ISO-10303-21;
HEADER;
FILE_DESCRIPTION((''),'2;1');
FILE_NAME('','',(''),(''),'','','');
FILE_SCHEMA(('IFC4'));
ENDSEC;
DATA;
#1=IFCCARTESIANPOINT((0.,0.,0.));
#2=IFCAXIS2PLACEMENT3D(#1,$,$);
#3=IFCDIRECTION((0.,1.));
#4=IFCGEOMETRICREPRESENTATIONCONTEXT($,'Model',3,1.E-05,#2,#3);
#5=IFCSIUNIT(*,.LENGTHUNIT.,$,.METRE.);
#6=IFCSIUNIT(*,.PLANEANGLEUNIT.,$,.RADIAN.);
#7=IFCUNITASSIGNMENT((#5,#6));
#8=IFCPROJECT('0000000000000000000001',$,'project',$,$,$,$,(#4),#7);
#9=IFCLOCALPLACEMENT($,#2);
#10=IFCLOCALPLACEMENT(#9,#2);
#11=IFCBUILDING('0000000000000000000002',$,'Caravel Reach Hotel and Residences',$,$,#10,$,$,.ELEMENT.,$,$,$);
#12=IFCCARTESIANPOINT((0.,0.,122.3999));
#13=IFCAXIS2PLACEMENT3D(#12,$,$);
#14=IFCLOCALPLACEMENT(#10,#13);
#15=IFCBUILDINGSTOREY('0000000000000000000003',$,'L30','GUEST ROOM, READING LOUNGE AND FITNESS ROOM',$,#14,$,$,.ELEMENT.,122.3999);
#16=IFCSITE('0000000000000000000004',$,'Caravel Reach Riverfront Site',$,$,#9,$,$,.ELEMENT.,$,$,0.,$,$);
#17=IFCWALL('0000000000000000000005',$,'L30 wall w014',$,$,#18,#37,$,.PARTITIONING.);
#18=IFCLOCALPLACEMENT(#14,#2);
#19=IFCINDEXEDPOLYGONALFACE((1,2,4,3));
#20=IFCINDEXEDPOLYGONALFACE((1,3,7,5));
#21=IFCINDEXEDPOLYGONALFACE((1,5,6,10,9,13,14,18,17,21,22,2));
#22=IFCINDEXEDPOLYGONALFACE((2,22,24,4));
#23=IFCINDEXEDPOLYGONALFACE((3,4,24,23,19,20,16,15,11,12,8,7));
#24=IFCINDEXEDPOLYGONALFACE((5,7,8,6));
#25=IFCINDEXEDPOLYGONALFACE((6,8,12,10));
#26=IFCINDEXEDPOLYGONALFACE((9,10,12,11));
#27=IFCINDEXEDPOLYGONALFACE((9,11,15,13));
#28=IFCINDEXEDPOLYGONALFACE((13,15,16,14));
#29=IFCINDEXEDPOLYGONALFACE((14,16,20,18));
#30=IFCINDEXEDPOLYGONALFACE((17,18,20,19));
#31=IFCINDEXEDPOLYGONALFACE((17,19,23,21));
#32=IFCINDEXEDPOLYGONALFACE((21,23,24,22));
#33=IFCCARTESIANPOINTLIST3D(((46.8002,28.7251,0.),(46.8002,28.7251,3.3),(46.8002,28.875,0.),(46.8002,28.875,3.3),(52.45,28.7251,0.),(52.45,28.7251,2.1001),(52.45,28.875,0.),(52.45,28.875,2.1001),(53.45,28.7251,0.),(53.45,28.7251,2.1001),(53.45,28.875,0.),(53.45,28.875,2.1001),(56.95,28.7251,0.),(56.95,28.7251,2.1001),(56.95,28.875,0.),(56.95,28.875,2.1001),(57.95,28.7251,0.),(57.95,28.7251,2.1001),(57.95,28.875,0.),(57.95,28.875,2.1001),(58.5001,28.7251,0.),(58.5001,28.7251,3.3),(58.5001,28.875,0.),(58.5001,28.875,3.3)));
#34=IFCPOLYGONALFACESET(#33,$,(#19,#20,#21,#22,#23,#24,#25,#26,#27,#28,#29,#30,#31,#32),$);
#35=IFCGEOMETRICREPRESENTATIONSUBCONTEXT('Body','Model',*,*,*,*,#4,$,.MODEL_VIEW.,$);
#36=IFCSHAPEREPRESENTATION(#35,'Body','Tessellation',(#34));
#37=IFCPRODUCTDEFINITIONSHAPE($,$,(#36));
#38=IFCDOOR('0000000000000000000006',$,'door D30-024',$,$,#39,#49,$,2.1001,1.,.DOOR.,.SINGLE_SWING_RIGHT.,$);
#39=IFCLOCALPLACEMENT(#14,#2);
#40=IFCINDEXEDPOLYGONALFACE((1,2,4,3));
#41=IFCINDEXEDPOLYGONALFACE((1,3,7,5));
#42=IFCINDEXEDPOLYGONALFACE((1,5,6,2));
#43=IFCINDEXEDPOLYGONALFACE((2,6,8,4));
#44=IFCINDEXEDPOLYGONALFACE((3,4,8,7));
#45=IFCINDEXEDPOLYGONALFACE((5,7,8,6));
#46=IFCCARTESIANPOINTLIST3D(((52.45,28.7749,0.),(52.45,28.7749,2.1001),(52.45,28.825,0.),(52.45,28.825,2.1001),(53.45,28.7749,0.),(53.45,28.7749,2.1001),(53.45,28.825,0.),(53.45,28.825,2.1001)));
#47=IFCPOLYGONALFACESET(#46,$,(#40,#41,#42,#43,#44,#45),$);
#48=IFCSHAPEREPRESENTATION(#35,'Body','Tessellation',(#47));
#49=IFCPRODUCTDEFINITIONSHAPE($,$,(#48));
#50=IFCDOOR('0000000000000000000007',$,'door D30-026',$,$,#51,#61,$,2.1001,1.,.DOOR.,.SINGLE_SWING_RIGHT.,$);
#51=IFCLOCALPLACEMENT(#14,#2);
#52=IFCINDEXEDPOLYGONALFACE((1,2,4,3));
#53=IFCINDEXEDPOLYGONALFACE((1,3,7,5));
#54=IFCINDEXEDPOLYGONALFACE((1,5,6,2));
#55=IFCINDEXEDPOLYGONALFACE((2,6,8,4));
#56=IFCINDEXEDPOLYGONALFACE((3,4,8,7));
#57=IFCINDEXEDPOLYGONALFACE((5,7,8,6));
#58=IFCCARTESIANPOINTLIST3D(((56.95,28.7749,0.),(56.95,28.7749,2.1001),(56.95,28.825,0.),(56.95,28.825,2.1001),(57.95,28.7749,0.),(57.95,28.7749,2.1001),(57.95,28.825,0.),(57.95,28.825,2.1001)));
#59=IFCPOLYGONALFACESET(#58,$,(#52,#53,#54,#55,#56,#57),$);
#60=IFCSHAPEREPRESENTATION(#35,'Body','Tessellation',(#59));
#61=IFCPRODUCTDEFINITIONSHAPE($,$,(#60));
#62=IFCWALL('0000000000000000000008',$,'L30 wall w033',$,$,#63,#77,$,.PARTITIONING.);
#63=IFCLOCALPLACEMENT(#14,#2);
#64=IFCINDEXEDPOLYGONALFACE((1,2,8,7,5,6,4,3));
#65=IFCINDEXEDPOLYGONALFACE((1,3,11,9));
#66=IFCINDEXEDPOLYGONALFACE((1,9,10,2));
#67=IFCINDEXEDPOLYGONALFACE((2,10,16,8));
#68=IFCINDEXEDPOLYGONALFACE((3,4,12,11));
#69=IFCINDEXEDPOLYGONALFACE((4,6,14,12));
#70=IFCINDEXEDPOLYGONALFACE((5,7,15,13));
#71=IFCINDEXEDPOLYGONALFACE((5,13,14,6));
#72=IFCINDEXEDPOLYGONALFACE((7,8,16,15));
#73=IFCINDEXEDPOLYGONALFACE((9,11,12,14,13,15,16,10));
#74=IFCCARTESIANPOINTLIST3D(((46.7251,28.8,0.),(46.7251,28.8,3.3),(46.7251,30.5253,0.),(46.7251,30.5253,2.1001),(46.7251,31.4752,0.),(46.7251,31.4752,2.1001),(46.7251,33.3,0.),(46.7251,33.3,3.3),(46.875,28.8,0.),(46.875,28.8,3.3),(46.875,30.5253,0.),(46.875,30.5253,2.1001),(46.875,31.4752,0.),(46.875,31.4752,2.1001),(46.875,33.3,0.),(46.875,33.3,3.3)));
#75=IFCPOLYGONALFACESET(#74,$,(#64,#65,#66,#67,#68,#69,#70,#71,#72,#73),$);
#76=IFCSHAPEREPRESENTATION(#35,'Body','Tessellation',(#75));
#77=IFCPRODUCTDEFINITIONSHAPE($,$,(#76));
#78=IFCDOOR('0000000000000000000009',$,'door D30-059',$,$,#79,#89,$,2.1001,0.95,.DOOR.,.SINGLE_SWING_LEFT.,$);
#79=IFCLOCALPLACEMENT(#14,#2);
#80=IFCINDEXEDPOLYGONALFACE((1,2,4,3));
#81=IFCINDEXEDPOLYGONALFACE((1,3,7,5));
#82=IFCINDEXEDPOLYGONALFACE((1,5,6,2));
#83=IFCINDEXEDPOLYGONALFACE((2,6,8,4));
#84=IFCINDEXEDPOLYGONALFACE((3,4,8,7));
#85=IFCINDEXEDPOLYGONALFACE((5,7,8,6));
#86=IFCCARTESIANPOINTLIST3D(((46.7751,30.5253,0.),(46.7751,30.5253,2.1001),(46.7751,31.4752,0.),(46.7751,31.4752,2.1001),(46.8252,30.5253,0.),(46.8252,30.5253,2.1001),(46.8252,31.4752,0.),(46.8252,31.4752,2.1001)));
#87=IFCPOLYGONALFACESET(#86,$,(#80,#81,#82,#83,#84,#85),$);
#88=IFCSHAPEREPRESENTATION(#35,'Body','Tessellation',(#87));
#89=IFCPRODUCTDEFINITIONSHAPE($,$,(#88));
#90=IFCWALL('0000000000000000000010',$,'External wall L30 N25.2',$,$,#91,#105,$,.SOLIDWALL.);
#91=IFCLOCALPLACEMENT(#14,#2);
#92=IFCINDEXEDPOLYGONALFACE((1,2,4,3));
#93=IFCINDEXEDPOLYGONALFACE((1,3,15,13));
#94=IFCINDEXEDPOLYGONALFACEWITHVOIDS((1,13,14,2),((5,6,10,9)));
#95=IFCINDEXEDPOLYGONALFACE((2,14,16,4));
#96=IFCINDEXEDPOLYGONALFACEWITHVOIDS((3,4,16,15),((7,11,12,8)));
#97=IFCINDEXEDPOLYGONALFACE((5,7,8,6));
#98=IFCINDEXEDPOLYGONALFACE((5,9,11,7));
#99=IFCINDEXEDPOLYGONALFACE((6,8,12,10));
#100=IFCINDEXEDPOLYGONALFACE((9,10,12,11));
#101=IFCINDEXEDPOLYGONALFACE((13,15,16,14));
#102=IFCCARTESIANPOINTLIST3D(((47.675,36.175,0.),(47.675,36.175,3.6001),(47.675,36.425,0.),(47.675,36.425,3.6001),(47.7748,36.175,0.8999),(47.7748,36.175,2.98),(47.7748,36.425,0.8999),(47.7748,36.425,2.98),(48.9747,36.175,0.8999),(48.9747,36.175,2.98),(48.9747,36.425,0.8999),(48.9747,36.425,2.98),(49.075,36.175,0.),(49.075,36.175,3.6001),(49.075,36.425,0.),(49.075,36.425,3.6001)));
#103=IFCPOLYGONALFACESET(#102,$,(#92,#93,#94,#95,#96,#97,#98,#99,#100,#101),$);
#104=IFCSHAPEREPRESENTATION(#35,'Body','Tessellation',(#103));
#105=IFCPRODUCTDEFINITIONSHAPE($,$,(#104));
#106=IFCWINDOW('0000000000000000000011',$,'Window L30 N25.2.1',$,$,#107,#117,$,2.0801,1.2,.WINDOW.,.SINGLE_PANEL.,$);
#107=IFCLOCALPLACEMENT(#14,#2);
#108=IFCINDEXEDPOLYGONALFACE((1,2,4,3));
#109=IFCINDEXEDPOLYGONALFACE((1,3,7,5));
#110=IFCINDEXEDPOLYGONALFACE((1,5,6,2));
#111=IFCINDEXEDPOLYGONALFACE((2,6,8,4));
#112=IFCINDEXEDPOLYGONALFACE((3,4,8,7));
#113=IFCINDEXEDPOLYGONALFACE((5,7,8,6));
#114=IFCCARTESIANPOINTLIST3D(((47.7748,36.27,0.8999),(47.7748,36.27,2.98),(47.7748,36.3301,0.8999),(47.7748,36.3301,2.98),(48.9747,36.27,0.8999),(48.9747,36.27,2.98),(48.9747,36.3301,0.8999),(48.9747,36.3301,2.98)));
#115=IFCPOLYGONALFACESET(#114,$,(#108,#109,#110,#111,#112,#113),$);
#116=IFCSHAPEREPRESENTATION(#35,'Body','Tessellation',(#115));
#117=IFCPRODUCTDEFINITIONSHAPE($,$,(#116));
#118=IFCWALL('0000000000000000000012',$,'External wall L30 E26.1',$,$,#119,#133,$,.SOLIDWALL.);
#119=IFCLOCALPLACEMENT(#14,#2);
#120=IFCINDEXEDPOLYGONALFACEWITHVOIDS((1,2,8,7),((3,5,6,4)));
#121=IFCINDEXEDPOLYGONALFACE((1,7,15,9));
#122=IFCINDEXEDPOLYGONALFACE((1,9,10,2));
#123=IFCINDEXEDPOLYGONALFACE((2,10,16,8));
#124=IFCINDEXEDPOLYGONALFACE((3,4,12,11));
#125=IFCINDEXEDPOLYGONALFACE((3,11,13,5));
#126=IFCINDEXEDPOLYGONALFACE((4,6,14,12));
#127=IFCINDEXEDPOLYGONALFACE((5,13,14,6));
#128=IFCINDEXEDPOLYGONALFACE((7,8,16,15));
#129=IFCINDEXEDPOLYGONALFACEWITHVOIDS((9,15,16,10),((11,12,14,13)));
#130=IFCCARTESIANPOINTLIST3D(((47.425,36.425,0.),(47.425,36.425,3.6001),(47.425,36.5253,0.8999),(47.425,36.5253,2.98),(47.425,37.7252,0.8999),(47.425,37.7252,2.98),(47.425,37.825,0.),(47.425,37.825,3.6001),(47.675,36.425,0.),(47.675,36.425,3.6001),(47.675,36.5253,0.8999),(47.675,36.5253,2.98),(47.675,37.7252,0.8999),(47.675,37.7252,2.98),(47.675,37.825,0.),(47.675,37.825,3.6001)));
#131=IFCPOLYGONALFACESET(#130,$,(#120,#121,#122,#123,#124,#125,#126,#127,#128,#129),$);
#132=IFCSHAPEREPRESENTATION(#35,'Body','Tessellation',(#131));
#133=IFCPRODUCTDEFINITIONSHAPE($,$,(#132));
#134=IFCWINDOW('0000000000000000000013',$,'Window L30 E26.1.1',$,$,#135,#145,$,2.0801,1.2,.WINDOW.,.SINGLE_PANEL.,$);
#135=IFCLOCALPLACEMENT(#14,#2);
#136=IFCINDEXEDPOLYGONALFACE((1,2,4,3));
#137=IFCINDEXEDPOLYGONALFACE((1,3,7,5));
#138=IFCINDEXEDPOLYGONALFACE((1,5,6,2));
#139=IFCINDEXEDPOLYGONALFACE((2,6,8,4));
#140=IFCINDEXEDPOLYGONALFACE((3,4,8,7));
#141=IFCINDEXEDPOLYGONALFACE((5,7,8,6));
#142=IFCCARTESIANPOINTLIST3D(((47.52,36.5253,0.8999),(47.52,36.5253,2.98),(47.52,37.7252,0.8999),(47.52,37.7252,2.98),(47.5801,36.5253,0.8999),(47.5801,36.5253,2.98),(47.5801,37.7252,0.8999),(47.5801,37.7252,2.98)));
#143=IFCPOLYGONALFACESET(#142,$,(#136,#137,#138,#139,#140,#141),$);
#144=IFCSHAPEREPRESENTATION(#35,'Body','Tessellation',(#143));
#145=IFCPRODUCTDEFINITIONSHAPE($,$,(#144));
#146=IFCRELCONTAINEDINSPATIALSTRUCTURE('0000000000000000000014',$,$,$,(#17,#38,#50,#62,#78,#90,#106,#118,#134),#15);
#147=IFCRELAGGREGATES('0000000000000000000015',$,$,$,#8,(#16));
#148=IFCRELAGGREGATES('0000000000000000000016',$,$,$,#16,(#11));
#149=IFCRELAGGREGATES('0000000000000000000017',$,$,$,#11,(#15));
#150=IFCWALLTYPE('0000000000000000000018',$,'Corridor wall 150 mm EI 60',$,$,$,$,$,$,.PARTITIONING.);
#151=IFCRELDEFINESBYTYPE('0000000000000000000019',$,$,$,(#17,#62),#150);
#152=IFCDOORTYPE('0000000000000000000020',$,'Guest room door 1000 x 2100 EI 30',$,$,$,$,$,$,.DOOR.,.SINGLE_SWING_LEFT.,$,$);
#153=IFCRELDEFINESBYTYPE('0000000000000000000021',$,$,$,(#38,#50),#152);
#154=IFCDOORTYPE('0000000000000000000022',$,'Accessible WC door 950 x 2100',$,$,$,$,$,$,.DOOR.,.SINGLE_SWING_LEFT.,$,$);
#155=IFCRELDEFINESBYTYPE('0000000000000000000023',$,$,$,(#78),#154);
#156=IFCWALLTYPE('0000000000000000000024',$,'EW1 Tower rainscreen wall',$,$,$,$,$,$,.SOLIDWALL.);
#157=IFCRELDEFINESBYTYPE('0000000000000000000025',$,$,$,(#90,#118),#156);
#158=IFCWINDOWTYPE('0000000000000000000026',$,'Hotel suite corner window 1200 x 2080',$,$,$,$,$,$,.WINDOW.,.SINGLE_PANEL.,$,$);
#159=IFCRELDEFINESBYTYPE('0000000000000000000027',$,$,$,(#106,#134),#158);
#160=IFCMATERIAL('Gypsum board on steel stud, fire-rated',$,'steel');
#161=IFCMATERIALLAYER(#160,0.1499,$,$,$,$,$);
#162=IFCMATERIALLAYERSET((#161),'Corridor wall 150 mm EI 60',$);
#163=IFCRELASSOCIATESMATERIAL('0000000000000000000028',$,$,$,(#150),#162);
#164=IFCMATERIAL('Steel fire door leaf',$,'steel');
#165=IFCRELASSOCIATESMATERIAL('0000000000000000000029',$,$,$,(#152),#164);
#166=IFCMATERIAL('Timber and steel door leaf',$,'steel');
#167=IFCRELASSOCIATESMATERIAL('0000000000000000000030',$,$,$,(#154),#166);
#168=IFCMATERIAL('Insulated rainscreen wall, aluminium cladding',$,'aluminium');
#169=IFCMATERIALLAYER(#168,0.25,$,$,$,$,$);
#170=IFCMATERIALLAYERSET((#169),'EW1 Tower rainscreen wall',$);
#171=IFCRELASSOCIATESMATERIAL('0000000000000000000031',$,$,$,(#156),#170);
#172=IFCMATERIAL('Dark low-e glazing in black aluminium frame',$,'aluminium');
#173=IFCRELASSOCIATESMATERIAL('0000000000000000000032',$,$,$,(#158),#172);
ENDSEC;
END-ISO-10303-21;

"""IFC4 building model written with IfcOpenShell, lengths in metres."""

from ifc_helpers import new_model, si_unit, direction, frame, frame_2d, origin, place, context, subcontext, project, spatial, rectangle, extrude, material, layer, layer_set, type_object, element, fill, save


model = new_model("IFC4")

# Units and contexts
model_context = context("Model", 3, precision=1e-05, world=origin(), true_north=direction((0.0, 1.0)))
body_context = subcontext(model_context, "Body", "Model", "MODEL_VIEW")
ifc_project = project(units=[si_unit("LENGTHUNIT", "METRE"), si_unit("PLANEANGLEUNIT", "RADIAN")], contexts=[model_context])

# Site, building, storey
site_placement = place(None, origin())
site = spatial("IfcSite", under=ifc_project, at=site_placement, Name="Caravel Reach Riverfront Site", CompositionType="ELEMENT", RefElevation=0.0)
building_placement = place(site_placement, origin())
building = spatial("IfcBuilding", under=site, at=building_placement, Name="Caravel Reach Hotel and Residences", CompositionType="ELEMENT")
storey_placement = place(building_placement, frame((0.0, 0.0, 122.3999)))
storey = spatial("IfcBuildingStorey", under=building, at=storey_placement, Name="L30", Description="GUEST ROOM, READING LOUNGE AND FITNESS ROOM", CompositionType="ELEMENT", Elevation=122.3999)

# Wall, openings, doors
ifc_material_1 = material(Name="Gypsum board on steel stud, fire-rated", Category="steel")
ifc_layer_1 = layer(ifc_material_1, 0.1499)
ifc_layer_set_1 = layer_set([ifc_layer_1], Name="Corridor wall 150 mm EI 60")
wall_type_1 = type_object("IfcWallType", Name="Corridor wall 150 mm EI 60", PredefinedType="PARTITIONING", material=ifc_layer_set_1)
wall_1_placement = place(storey_placement, frame((46.8, 28.8, 0.0), z_axis=(0.0, 0.0, 1.0), x_axis=(1.0, 0.0, 0.0)))
wall_1 = element("IfcWall", 1, at=wall_1_placement, inside=storey, type_object=wall_type_1, Name="L30 wall w014", PredefinedType="PARTITIONING", context=body_context, shape_type="SweptSolid", body=[
    extrude(rectangle(XDim=11.7, YDim=0.1499, at=frame_2d((5.8501, 0.0))), origin(), (0.0, 0.0, 1.0), 3.3),
])
opening_1_placement = place(wall_1_placement, frame((5.6499, 0.0, 0.0)))
opening_1 = element("IfcOpeningElement", 2, at=opening_1_placement, cuts=wall_1, PredefinedType="OPENING", context=body_context, shape_type="SweptSolid", body=[
    extrude(rectangle(XDim=1.0, YDim=2.1001, at=frame_2d((0.5, 1.05))), frame((0.0, 0.085, 0.0), z_axis=(0.0, -1.0, 0.0), x_axis=(1.0, 0.0, 0.0)), (0.0, 0.0, 1.0), 0.1699),
])
opening_2_placement = place(wall_1_placement, frame((10.1499, 0.0, 0.0)))
opening_2 = element("IfcOpeningElement", 3, at=opening_2_placement, cuts=wall_1, PredefinedType="OPENING", context=body_context, shape_type="SweptSolid", body=[
    extrude(rectangle(XDim=1.0, YDim=2.1001, at=frame_2d((0.5, 1.05))), frame((0.0, 0.085, 0.0), z_axis=(0.0, -1.0, 0.0), x_axis=(1.0, 0.0, 0.0)), (0.0, 0.0, 1.0), 0.1699),
])
ifc_material_2 = material(Name="Steel fire door leaf", Category="steel")
door_type_1 = type_object("IfcDoorType", Name="Guest room door 1000 x 2100 EI 30", OperationType="SINGLE_SWING_LEFT", PredefinedType="DOOR", material=ifc_material_2)
door_1_placement = place(opening_1_placement, origin())
door_1 = element("IfcDoor", 4, at=door_1_placement, inside=storey, type_object=door_type_1, Name="door D30-024", OperationType="SINGLE_SWING_RIGHT", OverallHeight=2.1001, OverallWidth=1.0, PredefinedType="DOOR", context=body_context, shape_type="SweptSolid", body=[
    extrude(rectangle(XDim=1.0, YDim=2.1001, at=frame_2d((0.5, 1.05))), frame((0.0, 0.0249, 0.0), z_axis=(0.0, -1.0, 0.0), x_axis=(1.0, 0.0, 0.0)), (0.0, 0.0, 1.0), 0.05),
])
fill(opening_1, door_1)
door_2_placement = place(opening_2_placement, origin())
door_2 = element("IfcDoor", 5, at=door_2_placement, inside=storey, type_object=door_type_1, Name="door D30-026", OperationType="SINGLE_SWING_RIGHT", OverallHeight=2.1001, OverallWidth=1.0, PredefinedType="DOOR", context=body_context, shape_type="SweptSolid", body=[
    extrude(rectangle(XDim=1.0, YDim=2.1001, at=frame_2d((0.5, 1.05))), frame((0.0, 0.0249, 0.0), z_axis=(0.0, -1.0, 0.0), x_axis=(1.0, 0.0, 0.0)), (0.0, 0.0, 1.0), 0.05),
])
fill(opening_2, door_2)

# Wall, opening, door
wall_2_placement = place(storey_placement, frame((46.8, 28.8, 0.0), z_axis=(0.0, 0.0, 1.0), x_axis=(0.0, 1.0, 0.0)))
wall_2 = element("IfcWall", 6, at=wall_2_placement, inside=storey, type_object=wall_type_1, Name="L30 wall w033", PredefinedType="PARTITIONING", context=body_context, shape_type="SweptSolid", body=[
    extrude(rectangle(XDim=4.5, YDim=0.1499, at=frame_2d((2.25, 0.0))), origin(), (0.0, 0.0, 1.0), 3.3),
])
opening_3_placement = place(wall_2_placement, frame((1.7251, 0.0, 0.0)))
opening_3 = element("IfcOpeningElement", 7, at=opening_3_placement, cuts=wall_2, PredefinedType="OPENING", context=body_context, shape_type="SweptSolid", body=[
    extrude(rectangle(XDim=0.95, YDim=2.1001, at=frame_2d((0.4751, 1.05))), frame((0.0, 0.085, 0.0), z_axis=(0.0, -1.0, 0.0), x_axis=(1.0, 0.0, 0.0)), (0.0, 0.0, 1.0), 0.1699),
])
ifc_material_3 = material(Name="Timber and steel door leaf", Category="steel")
door_type_2 = type_object("IfcDoorType", Name="Accessible WC door 950 x 2100", OperationType="SINGLE_SWING_LEFT", PredefinedType="DOOR", material=ifc_material_3)
door_3_placement = place(opening_3_placement, origin())
door_3 = element("IfcDoor", 8, at=door_3_placement, inside=storey, type_object=door_type_2, Name="door D30-059", OperationType="SINGLE_SWING_LEFT", OverallHeight=2.1001, OverallWidth=0.95, PredefinedType="DOOR", context=body_context, shape_type="SweptSolid", body=[
    extrude(rectangle(XDim=0.95, YDim=2.1001, at=frame_2d((0.4751, 1.05))), frame((0.0, 0.0249, 0.0), z_axis=(0.0, -1.0, 0.0), x_axis=(1.0, 0.0, 0.0)), (0.0, 0.0, 1.0), 0.05),
])
fill(opening_3, door_3)

# Walls, openings, windows
ifc_material_4 = material(Name="Insulated rainscreen wall, aluminium cladding", Category="aluminium")
ifc_layer_2 = layer(ifc_material_4, 0.25)
ifc_layer_set_2 = layer_set([ifc_layer_2], Name="EW1 Tower rainscreen wall")
wall_type_2 = type_object("IfcWallType", Name="EW1 Tower rainscreen wall", PredefinedType="SOLIDWALL", material=ifc_layer_set_2)
wall_3_placement = place(storey_placement, frame((49.075, 36.3, 0.0), z_axis=(0.0, 0.0, 1.0), x_axis=(-1.0, 0.0, 0.0)))
wall_3 = element("IfcWall", 9, at=wall_3_placement, inside=storey, type_object=wall_type_2, Name="External wall L30 N25.2", PredefinedType="SOLIDWALL", context=body_context, shape_type="SweptSolid", body=[
    extrude(rectangle(XDim=1.3999, YDim=0.25, at=frame_2d((0.7, 0.0))), origin(), (0.0, 0.0, 1.0), 3.6001),
])
opening_4_placement = place(wall_3_placement, frame((0.1001, 0.0, 0.8999)))
opening_4 = element("IfcOpeningElement", 10, at=opening_4_placement, cuts=wall_3, PredefinedType="OPENING", context=body_context, shape_type="SweptSolid", body=[
    extrude(rectangle(XDim=1.2, YDim=2.0801, at=frame_2d((0.6001, 1.04))), frame((0.0, 0.135, 0.0), z_axis=(0.0, -1.0, 0.0), x_axis=(1.0, 0.0, 0.0)), (0.0, 0.0, 1.0), 0.27),
])
ifc_material_5 = material(Name="Dark low-e glazing in black aluminium frame", Category="aluminium")
window_type_1 = type_object("IfcWindowType", Name="Hotel suite corner window 1200 x 2080", PartitioningType="SINGLE_PANEL", PredefinedType="WINDOW", material=ifc_material_5)
window_1_placement = place(opening_4_placement, origin())
window_1 = element("IfcWindow", 11, at=window_1_placement, inside=storey, type_object=window_type_1, Name="Window L30 N25.2.1", OverallHeight=2.0801, OverallWidth=1.2, PartitioningType="SINGLE_PANEL", PredefinedType="WINDOW", context=body_context, shape_type="SweptSolid", body=[
    extrude(rectangle(XDim=1.2, YDim=2.0801, at=frame_2d((0.6001, 1.04))), frame((0.0, 0.03, 0.0), z_axis=(0.0, -1.0, 0.0), x_axis=(1.0, 0.0, 0.0)), (0.0, 0.0, 1.0), 0.0601),
])
fill(opening_4, window_1)
wall_4_placement = place(storey_placement, frame((47.55, 36.425, 0.0), z_axis=(0.0, 0.0, 1.0), x_axis=(0.0, 1.0, 0.0)))
wall_4 = element("IfcWall", 12, at=wall_4_placement, inside=storey, type_object=wall_type_2, Name="External wall L30 E26.1", PredefinedType="SOLIDWALL", context=body_context, shape_type="SweptSolid", body=[
    extrude(rectangle(XDim=1.3999, YDim=0.25, at=frame_2d((0.7, 0.0))), origin(), (0.0, 0.0, 1.0), 3.6001),
])
opening_5_placement = place(wall_4_placement, frame((0.1001, 0.0, 0.8999)))
opening_5 = element("IfcOpeningElement", 13, at=opening_5_placement, cuts=wall_4, PredefinedType="OPENING", context=body_context, shape_type="SweptSolid", body=[
    extrude(rectangle(XDim=1.2, YDim=2.0801, at=frame_2d((0.6001, 1.04))), frame((0.0, 0.135, 0.0), z_axis=(0.0, -1.0, 0.0), x_axis=(1.0, 0.0, 0.0)), (0.0, 0.0, 1.0), 0.27),
])
window_2_placement = place(opening_5_placement, origin())
window_2 = element("IfcWindow", 14, at=window_2_placement, inside=storey, type_object=window_type_1, Name="Window L30 E26.1.1", OverallHeight=2.0801, OverallWidth=1.2, PartitioningType="SINGLE_PANEL", PredefinedType="WINDOW", context=body_context, shape_type="SweptSolid", body=[
    extrude(rectangle(XDim=1.2, YDim=2.0801, at=frame_2d((0.6001, 1.04))), frame((0.0, 0.03, 0.0), z_axis=(0.0, -1.0, 0.0), x_axis=(1.0, 0.0, 0.0)), (0.0, 0.0, 1.0), 0.0601),
])
fill(opening_5, window_2)

save(model, "model.ifc")
